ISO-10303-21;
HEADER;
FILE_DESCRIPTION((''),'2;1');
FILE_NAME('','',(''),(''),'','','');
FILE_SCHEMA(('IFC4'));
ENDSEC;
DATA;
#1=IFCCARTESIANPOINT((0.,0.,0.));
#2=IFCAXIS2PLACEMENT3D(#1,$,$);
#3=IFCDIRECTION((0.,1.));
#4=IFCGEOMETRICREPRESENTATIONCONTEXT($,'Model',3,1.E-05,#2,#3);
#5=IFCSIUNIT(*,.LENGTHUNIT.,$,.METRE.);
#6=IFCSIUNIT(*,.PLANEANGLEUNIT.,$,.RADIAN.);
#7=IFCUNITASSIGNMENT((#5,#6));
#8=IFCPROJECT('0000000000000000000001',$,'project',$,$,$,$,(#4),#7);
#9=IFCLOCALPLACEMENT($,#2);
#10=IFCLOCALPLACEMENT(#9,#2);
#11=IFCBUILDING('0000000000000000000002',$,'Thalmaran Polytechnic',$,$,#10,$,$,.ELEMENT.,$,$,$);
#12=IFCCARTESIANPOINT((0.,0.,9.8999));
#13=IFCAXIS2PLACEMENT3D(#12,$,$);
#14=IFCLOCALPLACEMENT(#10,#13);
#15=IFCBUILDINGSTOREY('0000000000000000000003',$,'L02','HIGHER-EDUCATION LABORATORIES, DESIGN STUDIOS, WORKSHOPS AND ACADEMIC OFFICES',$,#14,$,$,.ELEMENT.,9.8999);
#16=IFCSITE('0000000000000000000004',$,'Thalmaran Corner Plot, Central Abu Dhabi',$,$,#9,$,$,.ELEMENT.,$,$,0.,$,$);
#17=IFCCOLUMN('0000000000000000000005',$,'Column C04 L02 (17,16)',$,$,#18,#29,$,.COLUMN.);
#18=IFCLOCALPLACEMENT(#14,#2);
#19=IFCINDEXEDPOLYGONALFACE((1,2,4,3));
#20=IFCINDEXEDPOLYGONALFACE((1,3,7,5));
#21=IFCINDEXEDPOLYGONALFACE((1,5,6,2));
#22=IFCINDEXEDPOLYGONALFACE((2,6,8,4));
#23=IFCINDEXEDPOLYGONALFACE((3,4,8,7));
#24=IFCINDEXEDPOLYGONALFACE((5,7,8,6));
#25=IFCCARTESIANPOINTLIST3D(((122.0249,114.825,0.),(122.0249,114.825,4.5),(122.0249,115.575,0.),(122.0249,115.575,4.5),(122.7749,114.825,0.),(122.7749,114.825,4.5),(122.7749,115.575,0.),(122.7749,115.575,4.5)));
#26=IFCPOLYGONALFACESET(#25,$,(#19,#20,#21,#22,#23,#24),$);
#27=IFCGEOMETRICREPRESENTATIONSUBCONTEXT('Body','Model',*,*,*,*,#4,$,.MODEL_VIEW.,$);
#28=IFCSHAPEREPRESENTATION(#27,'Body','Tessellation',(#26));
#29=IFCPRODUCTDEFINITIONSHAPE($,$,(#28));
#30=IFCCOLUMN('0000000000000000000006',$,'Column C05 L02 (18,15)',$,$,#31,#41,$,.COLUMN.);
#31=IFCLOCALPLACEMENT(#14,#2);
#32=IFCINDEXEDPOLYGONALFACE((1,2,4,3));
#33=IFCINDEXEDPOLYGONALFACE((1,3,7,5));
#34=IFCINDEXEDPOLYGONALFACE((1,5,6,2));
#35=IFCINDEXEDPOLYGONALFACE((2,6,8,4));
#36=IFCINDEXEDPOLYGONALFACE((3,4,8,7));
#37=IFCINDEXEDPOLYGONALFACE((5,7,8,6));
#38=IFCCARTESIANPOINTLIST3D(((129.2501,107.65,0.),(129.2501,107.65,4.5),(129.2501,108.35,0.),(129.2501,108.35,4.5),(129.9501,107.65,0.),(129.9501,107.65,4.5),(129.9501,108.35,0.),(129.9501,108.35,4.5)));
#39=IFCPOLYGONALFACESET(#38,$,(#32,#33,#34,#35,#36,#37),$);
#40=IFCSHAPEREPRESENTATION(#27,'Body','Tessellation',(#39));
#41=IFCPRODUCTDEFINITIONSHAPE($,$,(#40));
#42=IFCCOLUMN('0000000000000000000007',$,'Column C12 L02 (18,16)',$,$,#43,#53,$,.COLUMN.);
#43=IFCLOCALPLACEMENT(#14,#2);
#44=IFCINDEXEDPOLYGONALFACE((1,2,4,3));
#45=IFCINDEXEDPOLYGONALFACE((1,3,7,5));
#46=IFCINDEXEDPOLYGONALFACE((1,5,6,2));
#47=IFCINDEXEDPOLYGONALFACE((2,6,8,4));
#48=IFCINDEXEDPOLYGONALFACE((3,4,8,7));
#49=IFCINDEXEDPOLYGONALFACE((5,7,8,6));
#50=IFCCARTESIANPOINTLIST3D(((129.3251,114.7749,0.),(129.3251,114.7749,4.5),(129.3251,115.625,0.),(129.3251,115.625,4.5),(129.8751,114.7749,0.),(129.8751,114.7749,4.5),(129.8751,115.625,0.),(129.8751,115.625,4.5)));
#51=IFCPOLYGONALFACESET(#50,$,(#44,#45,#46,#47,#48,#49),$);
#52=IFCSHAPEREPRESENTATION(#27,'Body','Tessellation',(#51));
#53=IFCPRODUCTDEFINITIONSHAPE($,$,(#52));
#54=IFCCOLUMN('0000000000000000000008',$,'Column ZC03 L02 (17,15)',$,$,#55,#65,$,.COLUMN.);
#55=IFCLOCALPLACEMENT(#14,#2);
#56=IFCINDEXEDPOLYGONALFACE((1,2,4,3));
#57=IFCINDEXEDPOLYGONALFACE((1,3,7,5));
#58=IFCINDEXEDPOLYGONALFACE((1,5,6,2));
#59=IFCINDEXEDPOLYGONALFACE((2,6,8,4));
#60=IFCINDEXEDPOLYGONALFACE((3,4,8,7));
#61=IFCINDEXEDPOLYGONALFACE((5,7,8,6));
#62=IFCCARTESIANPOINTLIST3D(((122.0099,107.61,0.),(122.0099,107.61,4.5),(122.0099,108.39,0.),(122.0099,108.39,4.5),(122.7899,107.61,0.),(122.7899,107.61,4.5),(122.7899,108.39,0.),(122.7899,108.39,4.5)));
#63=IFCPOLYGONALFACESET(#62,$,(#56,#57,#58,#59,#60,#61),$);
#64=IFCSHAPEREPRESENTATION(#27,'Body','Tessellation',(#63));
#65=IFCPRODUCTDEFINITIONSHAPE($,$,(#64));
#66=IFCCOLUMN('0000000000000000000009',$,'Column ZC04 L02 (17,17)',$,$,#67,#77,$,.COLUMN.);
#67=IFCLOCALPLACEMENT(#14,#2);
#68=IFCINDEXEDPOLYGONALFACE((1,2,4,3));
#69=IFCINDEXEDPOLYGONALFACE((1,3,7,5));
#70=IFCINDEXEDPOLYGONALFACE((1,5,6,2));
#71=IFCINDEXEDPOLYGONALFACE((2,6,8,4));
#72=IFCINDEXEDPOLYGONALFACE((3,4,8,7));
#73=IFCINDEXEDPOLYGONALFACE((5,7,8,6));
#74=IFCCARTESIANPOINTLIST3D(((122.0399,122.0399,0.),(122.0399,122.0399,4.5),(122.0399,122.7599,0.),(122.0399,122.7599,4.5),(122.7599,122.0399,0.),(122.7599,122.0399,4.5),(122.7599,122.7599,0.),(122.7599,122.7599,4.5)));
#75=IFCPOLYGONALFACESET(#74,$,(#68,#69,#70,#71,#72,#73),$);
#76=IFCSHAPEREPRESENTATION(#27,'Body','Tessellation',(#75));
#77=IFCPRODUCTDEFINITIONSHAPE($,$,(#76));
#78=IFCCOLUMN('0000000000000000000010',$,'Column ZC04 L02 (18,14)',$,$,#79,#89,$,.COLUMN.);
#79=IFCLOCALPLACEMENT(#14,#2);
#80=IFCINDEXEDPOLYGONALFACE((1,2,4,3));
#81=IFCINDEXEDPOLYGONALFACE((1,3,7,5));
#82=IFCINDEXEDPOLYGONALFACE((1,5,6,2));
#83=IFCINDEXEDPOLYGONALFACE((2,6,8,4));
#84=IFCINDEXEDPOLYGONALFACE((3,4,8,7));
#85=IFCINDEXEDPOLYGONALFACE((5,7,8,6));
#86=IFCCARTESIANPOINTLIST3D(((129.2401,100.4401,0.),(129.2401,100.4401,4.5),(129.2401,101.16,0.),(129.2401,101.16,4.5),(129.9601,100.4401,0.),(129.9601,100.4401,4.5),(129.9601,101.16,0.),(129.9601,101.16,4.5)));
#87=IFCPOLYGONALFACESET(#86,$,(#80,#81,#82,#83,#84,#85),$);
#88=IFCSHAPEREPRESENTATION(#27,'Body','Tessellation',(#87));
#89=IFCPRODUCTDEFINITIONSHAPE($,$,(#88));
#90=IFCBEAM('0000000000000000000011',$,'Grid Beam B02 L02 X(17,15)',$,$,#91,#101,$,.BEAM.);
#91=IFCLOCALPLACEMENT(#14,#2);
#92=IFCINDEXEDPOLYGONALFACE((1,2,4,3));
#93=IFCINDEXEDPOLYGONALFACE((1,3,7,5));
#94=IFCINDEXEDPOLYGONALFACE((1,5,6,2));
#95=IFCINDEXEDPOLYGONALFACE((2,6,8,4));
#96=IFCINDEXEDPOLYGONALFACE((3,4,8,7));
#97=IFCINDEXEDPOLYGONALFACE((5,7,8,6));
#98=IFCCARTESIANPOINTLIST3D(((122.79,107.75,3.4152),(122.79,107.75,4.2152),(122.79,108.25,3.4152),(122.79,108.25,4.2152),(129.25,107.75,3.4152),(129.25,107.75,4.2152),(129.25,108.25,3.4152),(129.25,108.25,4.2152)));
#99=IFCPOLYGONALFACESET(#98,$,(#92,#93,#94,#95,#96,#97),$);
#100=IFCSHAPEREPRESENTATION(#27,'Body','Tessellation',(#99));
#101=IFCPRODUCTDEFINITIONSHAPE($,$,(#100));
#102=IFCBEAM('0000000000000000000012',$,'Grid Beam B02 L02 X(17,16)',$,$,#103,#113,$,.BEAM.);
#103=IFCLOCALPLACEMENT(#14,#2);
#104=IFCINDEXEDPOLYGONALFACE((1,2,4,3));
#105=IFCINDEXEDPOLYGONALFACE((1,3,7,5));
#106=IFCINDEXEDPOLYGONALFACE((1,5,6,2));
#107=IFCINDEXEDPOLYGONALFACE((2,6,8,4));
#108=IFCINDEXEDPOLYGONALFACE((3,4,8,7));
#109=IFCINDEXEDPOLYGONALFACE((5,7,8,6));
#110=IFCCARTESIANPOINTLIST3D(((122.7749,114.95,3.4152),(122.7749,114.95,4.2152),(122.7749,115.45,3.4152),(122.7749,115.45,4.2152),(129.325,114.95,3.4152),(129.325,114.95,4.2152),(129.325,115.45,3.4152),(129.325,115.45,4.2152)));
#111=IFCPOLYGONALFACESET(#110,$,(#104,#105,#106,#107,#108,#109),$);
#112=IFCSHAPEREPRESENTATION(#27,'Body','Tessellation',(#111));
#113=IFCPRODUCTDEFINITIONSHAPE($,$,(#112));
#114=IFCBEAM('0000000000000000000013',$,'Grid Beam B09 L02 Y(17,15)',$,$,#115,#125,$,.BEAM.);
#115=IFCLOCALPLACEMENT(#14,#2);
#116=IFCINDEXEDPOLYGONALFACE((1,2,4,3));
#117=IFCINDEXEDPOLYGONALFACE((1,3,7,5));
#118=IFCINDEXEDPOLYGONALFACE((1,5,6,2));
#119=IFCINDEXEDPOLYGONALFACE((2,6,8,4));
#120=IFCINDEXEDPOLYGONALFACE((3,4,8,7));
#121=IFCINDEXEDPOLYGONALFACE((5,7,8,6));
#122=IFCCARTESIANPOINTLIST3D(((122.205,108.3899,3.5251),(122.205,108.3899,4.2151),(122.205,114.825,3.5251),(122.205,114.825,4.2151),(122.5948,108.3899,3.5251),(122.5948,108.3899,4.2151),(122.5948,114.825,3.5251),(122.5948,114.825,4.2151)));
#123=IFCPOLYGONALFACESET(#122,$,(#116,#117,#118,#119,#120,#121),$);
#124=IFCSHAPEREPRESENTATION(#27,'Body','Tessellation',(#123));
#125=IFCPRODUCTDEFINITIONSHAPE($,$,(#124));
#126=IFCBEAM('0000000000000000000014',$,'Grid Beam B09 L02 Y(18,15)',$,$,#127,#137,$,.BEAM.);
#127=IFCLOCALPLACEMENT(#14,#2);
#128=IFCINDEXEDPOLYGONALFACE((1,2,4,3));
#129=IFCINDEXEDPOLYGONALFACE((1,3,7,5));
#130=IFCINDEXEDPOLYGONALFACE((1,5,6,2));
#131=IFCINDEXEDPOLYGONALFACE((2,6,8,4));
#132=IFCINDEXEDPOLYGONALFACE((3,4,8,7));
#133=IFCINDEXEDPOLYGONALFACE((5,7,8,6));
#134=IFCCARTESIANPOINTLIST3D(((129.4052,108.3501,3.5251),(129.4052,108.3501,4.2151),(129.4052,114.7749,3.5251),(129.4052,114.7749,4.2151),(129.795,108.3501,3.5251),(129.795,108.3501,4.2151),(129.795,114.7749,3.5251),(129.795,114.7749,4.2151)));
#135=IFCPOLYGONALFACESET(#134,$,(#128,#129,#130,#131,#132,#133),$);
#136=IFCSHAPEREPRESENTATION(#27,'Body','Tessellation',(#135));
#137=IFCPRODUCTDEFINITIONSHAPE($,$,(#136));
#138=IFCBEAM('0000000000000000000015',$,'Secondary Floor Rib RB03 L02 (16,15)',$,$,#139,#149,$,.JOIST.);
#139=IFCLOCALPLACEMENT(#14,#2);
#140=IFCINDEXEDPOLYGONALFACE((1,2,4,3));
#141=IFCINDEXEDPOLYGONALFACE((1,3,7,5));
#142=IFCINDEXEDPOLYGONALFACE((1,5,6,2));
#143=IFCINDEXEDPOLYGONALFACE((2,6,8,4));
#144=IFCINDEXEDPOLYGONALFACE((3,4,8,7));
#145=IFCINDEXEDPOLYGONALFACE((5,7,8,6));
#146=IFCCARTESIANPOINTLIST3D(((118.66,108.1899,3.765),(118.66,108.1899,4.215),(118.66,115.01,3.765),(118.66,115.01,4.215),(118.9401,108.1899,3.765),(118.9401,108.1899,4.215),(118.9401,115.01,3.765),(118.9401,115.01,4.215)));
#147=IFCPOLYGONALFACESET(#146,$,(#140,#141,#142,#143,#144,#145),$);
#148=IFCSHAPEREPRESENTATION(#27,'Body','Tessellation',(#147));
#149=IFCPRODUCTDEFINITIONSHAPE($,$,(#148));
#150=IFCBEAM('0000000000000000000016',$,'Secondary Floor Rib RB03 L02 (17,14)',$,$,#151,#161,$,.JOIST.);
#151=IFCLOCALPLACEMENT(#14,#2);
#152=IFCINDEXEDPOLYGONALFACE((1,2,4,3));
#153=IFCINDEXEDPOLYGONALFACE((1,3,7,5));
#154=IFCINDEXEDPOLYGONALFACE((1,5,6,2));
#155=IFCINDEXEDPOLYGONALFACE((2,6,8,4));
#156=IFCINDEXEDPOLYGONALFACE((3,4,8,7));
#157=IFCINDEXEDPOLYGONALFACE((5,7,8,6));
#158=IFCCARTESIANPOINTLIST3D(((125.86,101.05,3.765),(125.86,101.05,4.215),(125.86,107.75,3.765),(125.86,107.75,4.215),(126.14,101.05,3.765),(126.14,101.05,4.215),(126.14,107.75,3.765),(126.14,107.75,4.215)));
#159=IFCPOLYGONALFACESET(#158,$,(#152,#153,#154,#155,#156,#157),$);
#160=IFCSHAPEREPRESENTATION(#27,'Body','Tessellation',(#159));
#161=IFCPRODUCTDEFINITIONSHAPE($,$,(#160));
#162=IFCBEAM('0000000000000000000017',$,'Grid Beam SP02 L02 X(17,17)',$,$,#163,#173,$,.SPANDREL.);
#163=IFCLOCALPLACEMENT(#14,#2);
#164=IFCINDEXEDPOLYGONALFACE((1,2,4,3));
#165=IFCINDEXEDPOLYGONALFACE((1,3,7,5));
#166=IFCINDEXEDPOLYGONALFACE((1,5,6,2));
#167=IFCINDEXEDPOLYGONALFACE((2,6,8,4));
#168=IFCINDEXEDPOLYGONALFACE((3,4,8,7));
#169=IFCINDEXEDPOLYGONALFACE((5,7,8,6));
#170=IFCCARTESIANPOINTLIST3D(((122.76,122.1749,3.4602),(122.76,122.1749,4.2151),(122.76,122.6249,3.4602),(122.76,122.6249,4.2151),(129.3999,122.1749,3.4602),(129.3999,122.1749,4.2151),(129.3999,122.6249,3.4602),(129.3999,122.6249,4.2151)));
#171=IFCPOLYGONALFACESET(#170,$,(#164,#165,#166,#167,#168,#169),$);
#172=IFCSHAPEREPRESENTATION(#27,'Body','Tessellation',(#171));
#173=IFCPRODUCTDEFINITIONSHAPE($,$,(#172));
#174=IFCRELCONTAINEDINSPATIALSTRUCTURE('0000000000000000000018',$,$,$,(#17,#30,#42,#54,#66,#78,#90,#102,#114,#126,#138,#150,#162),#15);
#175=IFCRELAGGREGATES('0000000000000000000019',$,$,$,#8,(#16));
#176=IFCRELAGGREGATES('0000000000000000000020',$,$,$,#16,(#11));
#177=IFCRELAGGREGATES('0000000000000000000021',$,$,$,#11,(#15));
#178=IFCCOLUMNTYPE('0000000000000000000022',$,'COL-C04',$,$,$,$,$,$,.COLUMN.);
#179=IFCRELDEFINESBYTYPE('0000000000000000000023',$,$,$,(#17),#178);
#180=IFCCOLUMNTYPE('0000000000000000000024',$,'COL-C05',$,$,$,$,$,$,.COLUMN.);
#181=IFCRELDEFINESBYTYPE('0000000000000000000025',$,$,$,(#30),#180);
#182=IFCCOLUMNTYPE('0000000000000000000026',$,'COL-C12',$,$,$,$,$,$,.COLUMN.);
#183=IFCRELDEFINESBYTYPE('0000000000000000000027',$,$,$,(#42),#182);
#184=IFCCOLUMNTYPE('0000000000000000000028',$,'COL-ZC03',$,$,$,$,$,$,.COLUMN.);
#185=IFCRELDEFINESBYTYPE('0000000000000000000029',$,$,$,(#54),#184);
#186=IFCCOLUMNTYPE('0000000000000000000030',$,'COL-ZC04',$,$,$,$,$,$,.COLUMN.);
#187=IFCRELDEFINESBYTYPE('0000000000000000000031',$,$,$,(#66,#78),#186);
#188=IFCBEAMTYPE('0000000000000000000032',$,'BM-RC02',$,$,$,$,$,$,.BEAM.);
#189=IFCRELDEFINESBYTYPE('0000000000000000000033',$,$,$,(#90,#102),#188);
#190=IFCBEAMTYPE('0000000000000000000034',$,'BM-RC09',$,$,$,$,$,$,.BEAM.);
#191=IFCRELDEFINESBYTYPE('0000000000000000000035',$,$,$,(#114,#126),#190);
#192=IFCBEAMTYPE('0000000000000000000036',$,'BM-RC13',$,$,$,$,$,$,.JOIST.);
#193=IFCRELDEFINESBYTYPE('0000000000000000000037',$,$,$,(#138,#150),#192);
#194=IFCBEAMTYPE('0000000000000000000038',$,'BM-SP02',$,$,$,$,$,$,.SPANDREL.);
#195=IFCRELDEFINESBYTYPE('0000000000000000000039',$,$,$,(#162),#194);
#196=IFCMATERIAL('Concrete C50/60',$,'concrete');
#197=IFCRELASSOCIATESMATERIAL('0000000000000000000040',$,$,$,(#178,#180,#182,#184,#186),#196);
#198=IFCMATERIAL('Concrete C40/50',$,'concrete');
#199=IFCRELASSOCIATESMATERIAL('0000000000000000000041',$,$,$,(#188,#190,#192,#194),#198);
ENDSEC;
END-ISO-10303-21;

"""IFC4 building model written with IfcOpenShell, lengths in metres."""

from ifc_helpers import new_model, si_unit, direction, frame, origin, origin_2d, place, context, subcontext, project, spatial, rectangle, extrude, material, material_profile, profile_set, type_object, element, save


model = new_model("IFC4")

# Units and contexts
model_context = context("Model", 3, precision=1e-05, world=origin(), true_north=direction((0.0, 1.0)))
body_context = subcontext(model_context, "Body", "Model", "MODEL_VIEW")
ifc_project = project(units=[si_unit("LENGTHUNIT", "METRE"), si_unit("PLANEANGLEUNIT", "RADIAN")], contexts=[model_context])

# Site, building, storey
site_placement = place(None, origin())
site = spatial("IfcSite", under=ifc_project, at=site_placement, Name="Thalmaran Corner Plot, Central Abu Dhabi", CompositionType="ELEMENT", RefElevation=0.0)
building_placement = place(site_placement, origin())
building = spatial("IfcBuilding", under=site, at=building_placement, Name="Thalmaran Polytechnic", CompositionType="ELEMENT")
storey_placement = place(building_placement, frame((0.0, 0.0, 9.8999)))
storey = spatial("IfcBuildingStorey", under=building, at=storey_placement, Name="L02", Description="HIGHER-EDUCATION LABORATORIES, DESIGN STUDIOS, WORKSHOPS AND ACADEMIC OFFICES", CompositionType="ELEMENT", Elevation=9.8999)

# Columns
ifc_material_1 = material(Name="Concrete C50/60", Category="concrete")
ifc_material_profile_1 = material_profile(ifc_material_1, rectangle(XDim=0.75, YDim=0.75, at=origin_2d()), Name="RC 750x750")
ifc_profile_set_1 = profile_set([ifc_material_profile_1], Name="Concrete C50/60")
column_type_1 = type_object("IfcColumnType", Name="COL-C04", PredefinedType="COLUMN", material=ifc_profile_set_1)
column_1_placement = place(storey_placement, frame((122.3999, 115.2, 0.0), z_axis=(0.0, 0.0, 1.0), x_axis=(1.0, 0.0, 0.0)))
element("IfcColumn", 1, at=column_1_placement, inside=storey, type_object=column_type_1, Name="Column C04 L02 (17,16)", PredefinedType="COLUMN", context=body_context, shape_type="SweptSolid", body=[
    extrude(rectangle(XDim=0.75, YDim=0.75, at=origin_2d()), origin(), (0.0, 0.0, 1.0), 4.5),
])
ifc_material_profile_2 = material_profile(ifc_material_1, rectangle(XDim=0.7, YDim=0.7, at=origin_2d()), Name="RC 700x700")
ifc_profile_set_2 = profile_set([ifc_material_profile_2], Name="Concrete C50/60")
column_type_2 = type_object("IfcColumnType", Name="COL-C05", PredefinedType="COLUMN", material=ifc_profile_set_2)
column_2_placement = place(storey_placement, frame((129.6001, 108.0, 0.0), z_axis=(0.0, 0.0, 1.0), x_axis=(1.0, 0.0, 0.0)))
element("IfcColumn", 2, at=column_2_placement, inside=storey, type_object=column_type_2, Name="Column C05 L02 (18,15)", PredefinedType="COLUMN", context=body_context, shape_type="SweptSolid", body=[
    extrude(rectangle(XDim=0.7, YDim=0.7, at=origin_2d()), origin(), (0.0, 0.0, 1.0), 4.5),
])
ifc_material_profile_3 = material_profile(ifc_material_1, rectangle(XDim=0.55, YDim=0.8501, at=origin_2d()), Name="RC 550x850")
ifc_profile_set_3 = profile_set([ifc_material_profile_3], Name="Concrete C50/60")
column_type_3 = type_object("IfcColumnType", Name="COL-C12", PredefinedType="COLUMN", material=ifc_profile_set_3)
column_3_placement = place(storey_placement, frame((129.6001, 115.2, 0.0), z_axis=(0.0, 0.0, 1.0), x_axis=(1.0, 0.0, 0.0)))
element("IfcColumn", 3, at=column_3_placement, inside=storey, type_object=column_type_3, Name="Column C12 L02 (18,16)", PredefinedType="COLUMN", context=body_context, shape_type="SweptSolid", body=[
    extrude(rectangle(XDim=0.55, YDim=0.8501, at=origin_2d()), origin(), (0.0, 0.0, 1.0), 4.5),
])
ifc_material_profile_4 = material_profile(ifc_material_1, rectangle(XDim=0.78, YDim=0.78, at=origin_2d()), Name="RC 780x780")
ifc_profile_set_4 = profile_set([ifc_material_profile_4], Name="Concrete C50/60")
column_type_4 = type_object("IfcColumnType", Name="COL-ZC03", PredefinedType="COLUMN", material=ifc_profile_set_4)
column_4_placement = place(storey_placement, frame((122.3999, 108.0, 0.0), z_axis=(0.0, 0.0, 1.0), x_axis=(1.0, 0.0, 0.0)))
element("IfcColumn", 4, at=column_4_placement, inside=storey, type_object=column_type_4, Name="Column ZC03 L02 (17,15)", PredefinedType="COLUMN", context=body_context, shape_type="SweptSolid", body=[
    extrude(rectangle(XDim=0.78, YDim=0.78, at=origin_2d()), origin(), (0.0, 0.0, 1.0), 4.5),
])
ifc_material_profile_5 = material_profile(ifc_material_1, rectangle(XDim=0.72, YDim=0.72, at=origin_2d()), Name="RC 720x720")
ifc_profile_set_5 = profile_set([ifc_material_profile_5], Name="Concrete C50/60")
column_type_5 = type_object("IfcColumnType", Name="COL-ZC04", PredefinedType="COLUMN", material=ifc_profile_set_5)
for number, where, z_axis, x_axis, name in (
    (5, (122.3999, 122.3999, 0.0), (0.0, 0.0, 1.0), (1.0, 0.0, 0.0), "Column ZC04 L02 (17,17)"),
    (6, (129.6001, 100.8, 0.0), (0.0, 0.0, 1.0), (1.0, 0.0, 0.0), "Column ZC04 L02 (18,14)"),
):
    element("IfcColumn", number, at=place(storey_placement, frame(where, z_axis=z_axis, x_axis=x_axis)), inside=storey, type_object=column_type_5, Name=name, PredefinedType="COLUMN", context=body_context, shape_type="SweptSolid", body=[
        extrude(rectangle(XDim=0.72, YDim=0.72, at=origin_2d()), origin(), (0.0, 0.0, 1.0), 4.5),
    ])

# Beams
ifc_material_2 = material(Name="Concrete C40/50", Category="concrete")
ifc_material_profile_6 = material_profile(ifc_material_2, rectangle(XDim=0.5, YDim=0.8, at=origin_2d()), Name="RC 500x800")
ifc_profile_set_6 = profile_set([ifc_material_profile_6], Name="Concrete C40/50")
beam_type_1 = type_object("IfcBeamType", Name="BM-RC02", PredefinedType="BEAM", material=ifc_profile_set_6)
beam_1_placement = place(storey_placement, frame((122.79, 108.0, 3.8152), z_axis=(1.0, 0.0, 0.0), x_axis=(0.0, 1.0, 0.0)))
element("IfcBeam", 7, at=beam_1_placement, inside=storey, type_object=beam_type_1, Name="Grid Beam B02 L02 X(17,15)", PredefinedType="BEAM", context=body_context, shape_type="SweptSolid", body=[
    extrude(rectangle(XDim=0.5, YDim=0.8, at=origin_2d()), origin(), (0.0, 0.0, 1.0), 6.46),
])
beam_2_placement = place(storey_placement, frame((122.7749, 115.2, 3.8152), z_axis=(1.0, 0.0, 0.0), x_axis=(0.0, 1.0, 0.0)))
element("IfcBeam", 8, at=beam_2_placement, inside=storey, type_object=beam_type_1, Name="Grid Beam B02 L02 X(17,16)", PredefinedType="BEAM", context=body_context, shape_type="SweptSolid", body=[
    extrude(rectangle(XDim=0.5, YDim=0.8, at=origin_2d()), origin(), (0.0, 0.0, 1.0), 6.55),
])
ifc_material_profile_7 = material_profile(ifc_material_2, rectangle(XDim=0.3899, YDim=0.6899, at=origin_2d()), Name="RC 390x690")
ifc_profile_set_7 = profile_set([ifc_material_profile_7], Name="Concrete C40/50")
beam_type_2 = type_object("IfcBeamType", Name="BM-RC09", PredefinedType="BEAM", material=ifc_profile_set_7)
beam_3_placement = place(storey_placement, frame((122.3999, 108.3899, 3.8701), z_axis=(0.0, 1.0, 0.0), x_axis=(-1.0, 0.0, 0.0)))
element("IfcBeam", 9, at=beam_3_placement, inside=storey, type_object=beam_type_2, Name="Grid Beam B09 L02 Y(17,15)", PredefinedType="BEAM", context=body_context, shape_type="SweptSolid", body=[
    extrude(rectangle(XDim=0.3899, YDim=0.6899, at=origin_2d()), origin(), (0.0, 0.0, 1.0), 6.4351),
])
beam_4_placement = place(storey_placement, frame((129.6001, 108.3501, 3.8701), z_axis=(0.0, 1.0, 0.0), x_axis=(-1.0, 0.0, 0.0)))
element("IfcBeam", 10, at=beam_4_placement, inside=storey, type_object=beam_type_2, Name="Grid Beam B09 L02 Y(18,15)", PredefinedType="BEAM", context=body_context, shape_type="SweptSolid", body=[
    extrude(rectangle(XDim=0.3899, YDim=0.6899, at=origin_2d()), origin(), (0.0, 0.0, 1.0), 6.4248),
])
ifc_material_profile_8 = material_profile(ifc_material_2, rectangle(XDim=0.28, YDim=0.45, at=origin_2d()), Name="RC 280x450")
ifc_profile_set_8 = profile_set([ifc_material_profile_8], Name="Concrete C40/50")
beam_type_3 = type_object("IfcBeamType", Name="BM-RC13", PredefinedType="JOIST", material=ifc_profile_set_8)
beam_5_placement = place(storey_placement, frame((118.8, 108.1899, 3.99), z_axis=(0.0, 1.0, 0.0), x_axis=(-1.0, 0.0, 0.0)))
element("IfcBeam", 11, at=beam_5_placement, inside=storey, type_object=beam_type_3, Name="Secondary Floor Rib RB03 L02 (16,15)", PredefinedType="JOIST", context=body_context, shape_type="SweptSolid", body=[
    extrude(rectangle(XDim=0.28, YDim=0.45, at=origin_2d()), origin(), (0.0, 0.0, 1.0), 6.8201),
])
beam_6_placement = place(storey_placement, frame((126.0, 101.05, 3.99), z_axis=(0.0, 1.0, 0.0), x_axis=(-1.0, 0.0, 0.0)))
element("IfcBeam", 12, at=beam_6_placement, inside=storey, type_object=beam_type_3, Name="Secondary Floor Rib RB03 L02 (17,14)", PredefinedType="JOIST", context=body_context, shape_type="SweptSolid", body=[
    extrude(rectangle(XDim=0.28, YDim=0.45, at=origin_2d()), origin(), (0.0, 0.0, 1.0), 6.7),
])
ifc_material_profile_9 = material_profile(ifc_material_2, rectangle(XDim=0.45, YDim=0.7549, at=origin_2d()), Name="RC 450x755")
ifc_profile_set_9 = profile_set([ifc_material_profile_9], Name="Concrete C40/50")
beam_type_4 = type_object("IfcBeamType", Name="BM-SP02", PredefinedType="SPANDREL", material=ifc_profile_set_9)
beam_7_placement = place(storey_placement, frame((122.76, 122.3999, 3.8376), z_axis=(1.0, 0.0, 0.0), x_axis=(0.0, 1.0, 0.0)))
element("IfcBeam", 13, at=beam_7_placement, inside=storey, type_object=beam_type_4, Name="Grid Beam SP02 L02 X(17,17)", PredefinedType="SPANDREL", context=body_context, shape_type="SweptSolid", body=[
    extrude(rectangle(XDim=0.45, YDim=0.7549, at=origin_2d()), origin(), (0.0, 0.0, 1.0), 6.6399),
])

save(model, "model.ifc")
